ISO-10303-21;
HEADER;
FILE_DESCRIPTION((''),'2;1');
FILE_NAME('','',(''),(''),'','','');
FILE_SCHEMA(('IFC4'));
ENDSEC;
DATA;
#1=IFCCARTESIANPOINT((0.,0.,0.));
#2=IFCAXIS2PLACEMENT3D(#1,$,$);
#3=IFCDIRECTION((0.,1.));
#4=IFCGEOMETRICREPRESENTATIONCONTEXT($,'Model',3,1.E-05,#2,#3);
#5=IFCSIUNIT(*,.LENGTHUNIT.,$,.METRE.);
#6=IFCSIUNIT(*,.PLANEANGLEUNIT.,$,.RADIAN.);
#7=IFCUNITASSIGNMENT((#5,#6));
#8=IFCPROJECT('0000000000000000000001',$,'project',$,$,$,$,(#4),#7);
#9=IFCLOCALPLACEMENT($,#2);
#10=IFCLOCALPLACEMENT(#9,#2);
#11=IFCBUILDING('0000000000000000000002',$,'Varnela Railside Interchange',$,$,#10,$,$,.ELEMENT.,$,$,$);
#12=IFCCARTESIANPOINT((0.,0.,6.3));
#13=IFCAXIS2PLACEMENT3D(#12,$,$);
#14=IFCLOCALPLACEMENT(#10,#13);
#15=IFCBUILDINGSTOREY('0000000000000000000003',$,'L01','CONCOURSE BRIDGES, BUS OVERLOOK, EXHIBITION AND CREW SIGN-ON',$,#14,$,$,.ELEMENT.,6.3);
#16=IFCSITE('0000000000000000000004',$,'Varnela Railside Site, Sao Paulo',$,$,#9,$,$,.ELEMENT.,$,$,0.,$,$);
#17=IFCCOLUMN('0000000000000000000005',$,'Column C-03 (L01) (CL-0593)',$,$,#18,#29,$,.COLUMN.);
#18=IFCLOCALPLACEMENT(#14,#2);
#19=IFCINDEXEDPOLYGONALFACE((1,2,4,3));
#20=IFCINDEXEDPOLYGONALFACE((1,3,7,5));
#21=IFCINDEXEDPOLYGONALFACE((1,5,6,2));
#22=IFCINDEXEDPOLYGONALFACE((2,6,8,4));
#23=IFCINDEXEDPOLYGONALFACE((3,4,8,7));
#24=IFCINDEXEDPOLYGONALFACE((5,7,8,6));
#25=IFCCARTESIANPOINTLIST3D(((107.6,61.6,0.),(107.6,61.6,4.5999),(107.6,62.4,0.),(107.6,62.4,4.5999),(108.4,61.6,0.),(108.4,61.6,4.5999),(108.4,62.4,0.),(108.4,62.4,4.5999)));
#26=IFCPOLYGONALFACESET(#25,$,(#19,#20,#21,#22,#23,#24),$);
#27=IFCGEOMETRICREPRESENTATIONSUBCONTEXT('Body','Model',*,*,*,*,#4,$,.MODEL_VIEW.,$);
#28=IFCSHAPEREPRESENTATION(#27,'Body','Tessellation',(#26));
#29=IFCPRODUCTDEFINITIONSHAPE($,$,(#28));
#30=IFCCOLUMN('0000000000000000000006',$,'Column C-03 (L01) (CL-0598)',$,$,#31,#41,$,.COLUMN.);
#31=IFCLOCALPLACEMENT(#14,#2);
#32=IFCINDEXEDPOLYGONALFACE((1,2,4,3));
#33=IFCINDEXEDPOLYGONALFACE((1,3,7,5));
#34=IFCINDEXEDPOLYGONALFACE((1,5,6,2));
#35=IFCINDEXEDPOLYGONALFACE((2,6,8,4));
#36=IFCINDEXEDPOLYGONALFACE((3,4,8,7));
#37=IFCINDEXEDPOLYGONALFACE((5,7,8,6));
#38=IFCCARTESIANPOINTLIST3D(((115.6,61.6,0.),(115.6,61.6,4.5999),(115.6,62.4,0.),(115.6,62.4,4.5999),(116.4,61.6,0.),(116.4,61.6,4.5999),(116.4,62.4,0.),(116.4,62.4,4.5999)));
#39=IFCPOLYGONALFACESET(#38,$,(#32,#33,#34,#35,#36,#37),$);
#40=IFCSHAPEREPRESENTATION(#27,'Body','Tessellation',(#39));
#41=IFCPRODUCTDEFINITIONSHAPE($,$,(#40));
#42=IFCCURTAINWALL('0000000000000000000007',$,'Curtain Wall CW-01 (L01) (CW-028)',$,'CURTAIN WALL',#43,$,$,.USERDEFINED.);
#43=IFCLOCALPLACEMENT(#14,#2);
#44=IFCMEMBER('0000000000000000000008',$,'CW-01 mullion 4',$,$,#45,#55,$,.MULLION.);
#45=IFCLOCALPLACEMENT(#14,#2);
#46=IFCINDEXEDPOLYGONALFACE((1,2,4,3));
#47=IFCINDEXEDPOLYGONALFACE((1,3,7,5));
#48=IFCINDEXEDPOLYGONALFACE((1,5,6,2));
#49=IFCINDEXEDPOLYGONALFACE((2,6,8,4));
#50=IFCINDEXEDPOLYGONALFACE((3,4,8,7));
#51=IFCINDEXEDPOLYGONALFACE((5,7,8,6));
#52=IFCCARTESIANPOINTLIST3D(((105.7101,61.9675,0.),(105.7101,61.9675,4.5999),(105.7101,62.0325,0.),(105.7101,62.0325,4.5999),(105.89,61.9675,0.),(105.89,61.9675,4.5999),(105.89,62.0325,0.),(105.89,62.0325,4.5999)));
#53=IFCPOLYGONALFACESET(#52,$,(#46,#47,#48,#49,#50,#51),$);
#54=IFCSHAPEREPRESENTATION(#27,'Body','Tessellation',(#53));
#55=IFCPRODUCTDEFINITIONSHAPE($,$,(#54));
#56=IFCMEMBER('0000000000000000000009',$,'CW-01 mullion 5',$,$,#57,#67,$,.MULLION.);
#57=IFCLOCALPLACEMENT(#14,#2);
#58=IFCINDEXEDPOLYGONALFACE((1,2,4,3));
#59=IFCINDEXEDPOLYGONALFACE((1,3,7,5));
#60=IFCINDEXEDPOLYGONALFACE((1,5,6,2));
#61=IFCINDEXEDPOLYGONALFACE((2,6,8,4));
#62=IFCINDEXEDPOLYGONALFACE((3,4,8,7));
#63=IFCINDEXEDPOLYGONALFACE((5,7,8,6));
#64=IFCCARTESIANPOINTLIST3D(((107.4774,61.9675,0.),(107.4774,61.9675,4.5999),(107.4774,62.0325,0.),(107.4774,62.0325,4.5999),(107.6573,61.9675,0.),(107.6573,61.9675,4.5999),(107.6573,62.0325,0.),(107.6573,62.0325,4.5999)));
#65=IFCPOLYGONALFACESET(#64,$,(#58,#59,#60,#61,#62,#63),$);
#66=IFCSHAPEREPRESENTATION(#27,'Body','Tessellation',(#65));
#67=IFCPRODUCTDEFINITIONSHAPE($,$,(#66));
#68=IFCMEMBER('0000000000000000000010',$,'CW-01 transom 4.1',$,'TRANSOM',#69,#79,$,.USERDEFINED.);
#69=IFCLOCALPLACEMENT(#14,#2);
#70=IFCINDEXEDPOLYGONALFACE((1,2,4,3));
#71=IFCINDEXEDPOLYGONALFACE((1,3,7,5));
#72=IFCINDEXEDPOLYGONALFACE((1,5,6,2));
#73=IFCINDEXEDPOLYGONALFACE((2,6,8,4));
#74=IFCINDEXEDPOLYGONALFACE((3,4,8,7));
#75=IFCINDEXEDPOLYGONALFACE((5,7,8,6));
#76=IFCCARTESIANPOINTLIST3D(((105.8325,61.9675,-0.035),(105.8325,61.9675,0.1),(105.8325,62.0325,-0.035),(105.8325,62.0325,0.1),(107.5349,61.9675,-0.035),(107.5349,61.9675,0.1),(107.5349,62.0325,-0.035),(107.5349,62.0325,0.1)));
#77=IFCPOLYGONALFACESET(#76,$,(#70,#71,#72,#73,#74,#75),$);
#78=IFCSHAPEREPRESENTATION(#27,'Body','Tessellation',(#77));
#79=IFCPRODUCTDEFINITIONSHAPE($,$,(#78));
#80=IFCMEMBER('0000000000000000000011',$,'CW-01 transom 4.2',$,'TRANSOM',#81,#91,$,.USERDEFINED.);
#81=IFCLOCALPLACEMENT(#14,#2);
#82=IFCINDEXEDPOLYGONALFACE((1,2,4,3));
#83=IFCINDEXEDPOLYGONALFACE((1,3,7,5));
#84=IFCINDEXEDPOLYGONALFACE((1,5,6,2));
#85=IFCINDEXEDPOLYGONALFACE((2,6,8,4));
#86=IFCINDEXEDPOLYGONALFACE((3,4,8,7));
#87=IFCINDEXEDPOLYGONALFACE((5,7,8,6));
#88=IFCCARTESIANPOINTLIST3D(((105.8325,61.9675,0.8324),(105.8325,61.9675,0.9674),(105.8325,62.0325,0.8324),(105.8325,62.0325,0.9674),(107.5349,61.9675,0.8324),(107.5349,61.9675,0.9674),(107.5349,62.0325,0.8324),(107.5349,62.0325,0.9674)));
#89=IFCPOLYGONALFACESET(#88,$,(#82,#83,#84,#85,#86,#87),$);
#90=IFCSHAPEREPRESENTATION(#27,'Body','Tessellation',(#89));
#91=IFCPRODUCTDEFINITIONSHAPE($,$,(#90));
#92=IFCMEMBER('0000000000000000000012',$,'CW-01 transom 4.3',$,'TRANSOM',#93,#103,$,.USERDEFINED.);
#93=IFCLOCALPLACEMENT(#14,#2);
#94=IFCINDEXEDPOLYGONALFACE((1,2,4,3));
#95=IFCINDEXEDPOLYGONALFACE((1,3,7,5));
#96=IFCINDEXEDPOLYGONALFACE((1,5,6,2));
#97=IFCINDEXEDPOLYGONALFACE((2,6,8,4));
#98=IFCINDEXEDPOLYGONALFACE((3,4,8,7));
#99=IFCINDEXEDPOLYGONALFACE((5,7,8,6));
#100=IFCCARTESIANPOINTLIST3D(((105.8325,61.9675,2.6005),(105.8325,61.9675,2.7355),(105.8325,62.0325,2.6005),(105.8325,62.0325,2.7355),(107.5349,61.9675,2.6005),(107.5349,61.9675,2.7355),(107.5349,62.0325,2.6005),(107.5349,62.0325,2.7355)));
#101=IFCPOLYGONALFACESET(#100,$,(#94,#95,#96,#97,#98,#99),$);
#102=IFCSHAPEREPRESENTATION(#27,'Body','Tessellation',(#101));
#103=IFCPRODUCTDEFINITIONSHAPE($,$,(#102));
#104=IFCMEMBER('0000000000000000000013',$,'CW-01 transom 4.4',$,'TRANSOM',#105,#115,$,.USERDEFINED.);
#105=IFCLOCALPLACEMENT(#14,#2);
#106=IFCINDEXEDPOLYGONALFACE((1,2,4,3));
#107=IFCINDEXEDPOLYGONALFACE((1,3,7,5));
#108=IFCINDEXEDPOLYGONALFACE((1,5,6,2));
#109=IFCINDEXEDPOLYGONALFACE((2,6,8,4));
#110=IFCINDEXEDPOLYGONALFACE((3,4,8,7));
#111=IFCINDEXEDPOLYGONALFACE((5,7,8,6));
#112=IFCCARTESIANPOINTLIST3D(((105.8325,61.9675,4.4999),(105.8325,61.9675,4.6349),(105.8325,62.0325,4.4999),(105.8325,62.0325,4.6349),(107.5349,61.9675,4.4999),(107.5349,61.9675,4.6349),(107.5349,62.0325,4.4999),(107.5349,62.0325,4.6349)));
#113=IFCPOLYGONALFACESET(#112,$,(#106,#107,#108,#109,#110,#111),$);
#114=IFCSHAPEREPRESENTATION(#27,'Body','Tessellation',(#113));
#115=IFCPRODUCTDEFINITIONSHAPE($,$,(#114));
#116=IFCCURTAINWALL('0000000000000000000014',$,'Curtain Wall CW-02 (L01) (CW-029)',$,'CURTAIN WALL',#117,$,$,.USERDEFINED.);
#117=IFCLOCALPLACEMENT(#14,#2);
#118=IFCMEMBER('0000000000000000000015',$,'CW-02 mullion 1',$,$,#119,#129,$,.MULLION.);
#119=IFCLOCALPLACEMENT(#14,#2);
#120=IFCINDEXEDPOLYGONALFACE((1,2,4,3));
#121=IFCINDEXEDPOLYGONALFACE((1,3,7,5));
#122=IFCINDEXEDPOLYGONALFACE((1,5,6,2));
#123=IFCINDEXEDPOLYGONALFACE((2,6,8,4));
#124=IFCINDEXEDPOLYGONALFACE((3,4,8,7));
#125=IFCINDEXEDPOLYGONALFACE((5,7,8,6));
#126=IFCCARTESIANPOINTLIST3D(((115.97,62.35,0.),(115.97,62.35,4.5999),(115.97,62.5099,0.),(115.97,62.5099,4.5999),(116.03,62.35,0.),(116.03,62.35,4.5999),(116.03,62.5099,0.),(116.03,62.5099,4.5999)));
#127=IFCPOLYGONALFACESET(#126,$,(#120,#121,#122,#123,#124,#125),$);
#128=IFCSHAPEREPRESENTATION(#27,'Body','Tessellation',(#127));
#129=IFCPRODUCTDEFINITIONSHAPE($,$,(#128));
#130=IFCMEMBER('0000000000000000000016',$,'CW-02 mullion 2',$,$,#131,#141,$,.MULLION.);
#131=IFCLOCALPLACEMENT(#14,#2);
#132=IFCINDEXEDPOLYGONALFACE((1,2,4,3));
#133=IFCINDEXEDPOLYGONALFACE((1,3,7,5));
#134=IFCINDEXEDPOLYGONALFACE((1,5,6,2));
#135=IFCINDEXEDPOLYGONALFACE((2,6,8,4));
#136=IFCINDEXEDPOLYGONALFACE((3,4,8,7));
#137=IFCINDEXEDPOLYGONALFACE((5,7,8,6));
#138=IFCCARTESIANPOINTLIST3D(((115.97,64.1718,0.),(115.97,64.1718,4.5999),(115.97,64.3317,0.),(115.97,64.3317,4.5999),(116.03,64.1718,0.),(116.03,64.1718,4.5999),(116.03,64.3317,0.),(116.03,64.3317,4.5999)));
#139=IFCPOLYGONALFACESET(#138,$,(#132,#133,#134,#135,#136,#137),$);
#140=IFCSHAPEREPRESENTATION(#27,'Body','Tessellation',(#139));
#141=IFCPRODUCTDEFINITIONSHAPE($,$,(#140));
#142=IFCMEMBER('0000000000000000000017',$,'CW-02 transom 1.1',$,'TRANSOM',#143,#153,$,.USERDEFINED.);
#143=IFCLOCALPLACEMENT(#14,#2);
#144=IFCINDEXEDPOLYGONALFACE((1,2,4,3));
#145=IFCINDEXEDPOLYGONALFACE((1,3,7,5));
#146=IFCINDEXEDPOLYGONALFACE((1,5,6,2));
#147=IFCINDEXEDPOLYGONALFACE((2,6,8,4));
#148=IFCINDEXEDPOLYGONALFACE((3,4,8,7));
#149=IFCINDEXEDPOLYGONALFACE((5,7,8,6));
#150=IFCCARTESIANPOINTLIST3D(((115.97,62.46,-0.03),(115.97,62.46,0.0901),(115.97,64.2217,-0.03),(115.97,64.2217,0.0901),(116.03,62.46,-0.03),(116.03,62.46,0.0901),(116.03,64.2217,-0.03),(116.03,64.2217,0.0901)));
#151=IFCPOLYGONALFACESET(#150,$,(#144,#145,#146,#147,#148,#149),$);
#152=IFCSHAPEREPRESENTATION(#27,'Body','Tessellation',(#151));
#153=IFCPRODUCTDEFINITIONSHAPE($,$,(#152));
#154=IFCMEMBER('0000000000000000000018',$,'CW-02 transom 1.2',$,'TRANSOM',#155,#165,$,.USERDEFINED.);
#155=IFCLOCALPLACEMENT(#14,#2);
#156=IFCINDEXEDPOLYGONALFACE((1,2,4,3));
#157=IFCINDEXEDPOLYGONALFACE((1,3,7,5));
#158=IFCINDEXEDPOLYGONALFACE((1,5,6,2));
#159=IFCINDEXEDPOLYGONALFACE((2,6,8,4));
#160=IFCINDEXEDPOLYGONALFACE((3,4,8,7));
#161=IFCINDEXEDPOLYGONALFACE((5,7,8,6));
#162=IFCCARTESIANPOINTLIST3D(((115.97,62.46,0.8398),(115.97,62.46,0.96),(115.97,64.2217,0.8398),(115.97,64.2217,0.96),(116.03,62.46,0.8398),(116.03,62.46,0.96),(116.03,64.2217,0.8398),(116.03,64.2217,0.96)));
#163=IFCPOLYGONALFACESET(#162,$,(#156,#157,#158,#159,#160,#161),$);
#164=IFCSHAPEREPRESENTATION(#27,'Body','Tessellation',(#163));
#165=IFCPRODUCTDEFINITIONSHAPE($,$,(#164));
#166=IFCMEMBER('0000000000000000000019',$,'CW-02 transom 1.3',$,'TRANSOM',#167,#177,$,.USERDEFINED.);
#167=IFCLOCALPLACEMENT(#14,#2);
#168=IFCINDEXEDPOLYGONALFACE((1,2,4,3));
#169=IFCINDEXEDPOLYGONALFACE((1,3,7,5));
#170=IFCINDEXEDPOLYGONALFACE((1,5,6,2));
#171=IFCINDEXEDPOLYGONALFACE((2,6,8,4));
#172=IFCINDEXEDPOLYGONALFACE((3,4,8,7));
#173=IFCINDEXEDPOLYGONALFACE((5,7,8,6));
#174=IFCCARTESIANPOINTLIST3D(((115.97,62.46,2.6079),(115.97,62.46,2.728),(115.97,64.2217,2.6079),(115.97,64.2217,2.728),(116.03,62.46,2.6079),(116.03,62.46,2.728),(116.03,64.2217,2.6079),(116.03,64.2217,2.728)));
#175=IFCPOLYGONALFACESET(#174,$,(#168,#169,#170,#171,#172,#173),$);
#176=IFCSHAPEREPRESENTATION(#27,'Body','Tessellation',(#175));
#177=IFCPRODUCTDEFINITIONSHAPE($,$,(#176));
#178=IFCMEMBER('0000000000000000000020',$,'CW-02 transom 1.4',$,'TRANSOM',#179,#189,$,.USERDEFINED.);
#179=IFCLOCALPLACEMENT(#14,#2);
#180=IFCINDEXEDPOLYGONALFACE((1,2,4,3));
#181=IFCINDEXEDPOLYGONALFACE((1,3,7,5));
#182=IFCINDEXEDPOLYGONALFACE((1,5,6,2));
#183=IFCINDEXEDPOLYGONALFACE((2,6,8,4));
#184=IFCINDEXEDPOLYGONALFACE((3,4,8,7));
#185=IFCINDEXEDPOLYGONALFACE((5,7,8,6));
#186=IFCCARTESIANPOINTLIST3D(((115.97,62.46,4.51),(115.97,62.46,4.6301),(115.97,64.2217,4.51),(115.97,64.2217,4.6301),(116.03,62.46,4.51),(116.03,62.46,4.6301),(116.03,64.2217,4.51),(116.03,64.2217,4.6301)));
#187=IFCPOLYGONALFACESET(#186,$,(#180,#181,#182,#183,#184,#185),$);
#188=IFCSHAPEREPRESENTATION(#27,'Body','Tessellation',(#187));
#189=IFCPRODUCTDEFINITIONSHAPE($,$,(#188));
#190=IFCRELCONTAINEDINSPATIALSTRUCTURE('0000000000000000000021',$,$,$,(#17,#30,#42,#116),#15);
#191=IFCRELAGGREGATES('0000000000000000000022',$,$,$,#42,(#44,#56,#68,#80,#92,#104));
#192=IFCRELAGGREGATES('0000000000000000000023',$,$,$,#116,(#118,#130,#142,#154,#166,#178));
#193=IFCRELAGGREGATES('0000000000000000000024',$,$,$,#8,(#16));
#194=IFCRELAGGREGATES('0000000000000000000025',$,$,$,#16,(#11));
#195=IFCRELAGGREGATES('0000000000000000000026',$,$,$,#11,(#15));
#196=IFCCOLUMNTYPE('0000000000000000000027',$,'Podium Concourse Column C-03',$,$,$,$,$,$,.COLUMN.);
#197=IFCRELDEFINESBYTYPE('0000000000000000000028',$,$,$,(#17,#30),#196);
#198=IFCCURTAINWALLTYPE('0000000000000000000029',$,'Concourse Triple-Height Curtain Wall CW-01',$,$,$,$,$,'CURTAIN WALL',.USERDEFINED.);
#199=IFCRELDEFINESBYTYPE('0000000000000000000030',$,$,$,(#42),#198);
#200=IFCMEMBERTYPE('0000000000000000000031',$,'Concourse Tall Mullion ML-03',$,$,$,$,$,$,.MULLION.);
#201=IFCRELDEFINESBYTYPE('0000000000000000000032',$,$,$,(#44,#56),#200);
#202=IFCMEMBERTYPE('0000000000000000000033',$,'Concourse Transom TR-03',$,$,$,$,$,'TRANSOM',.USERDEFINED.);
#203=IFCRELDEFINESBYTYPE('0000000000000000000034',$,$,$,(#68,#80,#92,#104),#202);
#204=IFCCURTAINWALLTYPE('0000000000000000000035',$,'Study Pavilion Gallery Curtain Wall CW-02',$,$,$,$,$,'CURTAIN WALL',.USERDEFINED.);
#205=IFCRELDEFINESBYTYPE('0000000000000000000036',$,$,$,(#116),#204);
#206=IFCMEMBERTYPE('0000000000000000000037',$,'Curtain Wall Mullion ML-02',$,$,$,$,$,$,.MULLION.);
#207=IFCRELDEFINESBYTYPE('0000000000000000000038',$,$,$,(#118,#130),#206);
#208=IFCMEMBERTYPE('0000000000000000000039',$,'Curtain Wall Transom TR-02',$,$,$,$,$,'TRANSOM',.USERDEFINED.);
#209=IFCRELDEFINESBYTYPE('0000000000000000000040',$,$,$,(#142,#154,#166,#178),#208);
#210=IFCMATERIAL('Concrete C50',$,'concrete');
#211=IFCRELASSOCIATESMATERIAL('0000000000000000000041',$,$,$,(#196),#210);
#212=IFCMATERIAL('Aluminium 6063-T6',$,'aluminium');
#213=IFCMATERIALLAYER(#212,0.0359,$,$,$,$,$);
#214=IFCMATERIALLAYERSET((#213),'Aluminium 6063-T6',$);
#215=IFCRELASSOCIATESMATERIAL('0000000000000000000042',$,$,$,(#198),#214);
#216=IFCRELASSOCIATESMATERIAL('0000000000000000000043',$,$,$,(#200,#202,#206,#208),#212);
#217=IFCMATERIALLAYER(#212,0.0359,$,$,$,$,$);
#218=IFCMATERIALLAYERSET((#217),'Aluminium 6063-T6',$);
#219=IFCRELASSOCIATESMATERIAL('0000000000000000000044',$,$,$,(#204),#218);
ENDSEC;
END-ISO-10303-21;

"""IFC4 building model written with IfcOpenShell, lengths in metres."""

from ifc_helpers import new_model, si_unit, direction, frame, origin, origin_2d, place, context, subcontext, project, spatial, rectangle, extrude, material, layer, layer_set, material_profile, profile_set, type_object, element, aggregate, save


model = new_model("IFC4")

# Units and contexts
model_context = context("Model", 3, precision=1e-05, world=origin(), true_north=direction((0.0, 1.0)))
body_context = subcontext(model_context, "Body", "Model", "MODEL_VIEW")
ifc_project = project(units=[si_unit("LENGTHUNIT", "METRE"), si_unit("PLANEANGLEUNIT", "RADIAN")], contexts=[model_context])

# Site, building, storey
site_placement = place(None, origin())
site = spatial("IfcSite", under=ifc_project, at=site_placement, Name="Varnela Railside Site, Sao Paulo", CompositionType="ELEMENT", RefElevation=0.0)
building_placement = place(site_placement, origin())
building = spatial("IfcBuilding", under=site, at=building_placement, Name="Varnela Railside Interchange", CompositionType="ELEMENT")
storey_placement = place(building_placement, frame((0.0, 0.0, 6.3)))
storey = spatial("IfcBuildingStorey", under=building, at=storey_placement, Name="L01", Description="CONCOURSE BRIDGES, BUS OVERLOOK, EXHIBITION AND CREW SIGN-ON", CompositionType="ELEMENT", Elevation=6.3)

# Columns
ifc_material_1 = material(Name="Concrete C50", Category="concrete")
ifc_material_profile_1 = material_profile(ifc_material_1, rectangle(XDim=0.8, YDim=0.8, at=origin_2d()), Name="RC 800x800")
ifc_profile_set_1 = profile_set([ifc_material_profile_1], Name="Concrete C50")
column_type = type_object("IfcColumnType", Name="Podium Concourse Column C-03", PredefinedType="COLUMN", material=ifc_profile_set_1)
for number, where, z_axis, x_axis, name in (
    (1, (108.0, 62.0, 0.0), (0.0, 0.0, 1.0), (1.0, 0.0, 0.0), "Column C-03 (L01) (CL-0593)"),
    (2, (116.0, 62.0, 0.0), (0.0, 0.0, 1.0), (1.0, 0.0, 0.0), "Column C-03 (L01) (CL-0598)"),
):
    element("IfcColumn", number, at=place(storey_placement, frame(where, z_axis=z_axis, x_axis=x_axis)), inside=storey, type_object=column_type, Name=name, PredefinedType="COLUMN", context=body_context, shape_type="SweptSolid", body=[
        extrude(rectangle(XDim=0.8, YDim=0.8, at=origin_2d()), origin(), (0.0, 0.0, 1.0), 4.5999),
    ])

# Curtain walls, members
ifc_material_2 = material(Name="Aluminium 6063-T6", Category="aluminium")
ifc_layer_1 = layer(ifc_material_2, 0.0359)
ifc_layer_set_1 = layer_set([ifc_layer_1], Name="Aluminium 6063-T6")
curtain_wall_type_1 = type_object("IfcCurtainWallType", Name="Concourse Triple-Height Curtain Wall CW-01", ElementType="CURTAIN WALL", PredefinedType="USERDEFINED", material=ifc_layer_set_1)
curtain_wall_1_placement = place(storey_placement, origin())
curtain_wall_1 = element("IfcCurtainWall", 3, at=curtain_wall_1_placement, inside=storey, type_object=curtain_wall_type_1, Name="Curtain Wall CW-01 (L01) (CW-028)", ObjectType="CURTAIN WALL", PredefinedType="USERDEFINED")
ifc_material_profile_2 = material_profile(ifc_material_2, rectangle(XDim=0.0649, YDim=0.1799, at=origin_2d()), Name="ALU 65x180")
ifc_profile_set_2 = profile_set([ifc_material_profile_2], Name="Aluminium 6063-T6")
member_type_1 = type_object("IfcMemberType", Name="Concourse Tall Mullion ML-03", PredefinedType="MULLION", material=ifc_profile_set_2)
member_1_placement = place(storey_placement, frame((105.8, 62.0, 0.0), z_axis=(0.0, 0.0, 1.0), x_axis=(0.0, 1.0, 0.0)))
member_1 = element("IfcMember", 4, at=member_1_placement, type_object=member_type_1, Name="CW-01 mullion 4", PredefinedType="MULLION", context=body_context, shape_type="SweptSolid", body=[
    extrude(rectangle(XDim=0.0649, YDim=0.1799, at=origin_2d()), origin(), (0.0, 0.0, 1.0), 4.5999),
])
member_2_placement = place(storey_placement, frame((107.5674, 62.0, 0.0), z_axis=(0.0, 0.0, 1.0), x_axis=(0.0, 1.0, 0.0)))
member_2 = element("IfcMember", 5, at=member_2_placement, type_object=member_type_1, Name="CW-01 mullion 5", PredefinedType="MULLION", context=body_context, shape_type="SweptSolid", body=[
    extrude(rectangle(XDim=0.0649, YDim=0.1799, at=origin_2d()), origin(), (0.0, 0.0, 1.0), 4.5999),
])
ifc_material_profile_3 = material_profile(ifc_material_2, rectangle(XDim=0.0649, YDim=0.135, at=origin_2d()), Name="ALU 65x135")
ifc_profile_set_3 = profile_set([ifc_material_profile_3], Name="Aluminium 6063-T6")
member_type_2 = type_object("IfcMemberType", Name="Concourse Transom TR-03", ElementType="TRANSOM", PredefinedType="USERDEFINED", material=ifc_profile_set_3)
member_3_placement = place(storey_placement, frame((105.8325, 62.0, 0.0325), z_axis=(1.0, 0.0, 0.0), x_axis=(0.0, 1.0, 0.0)))
member_3 = element("IfcMember", 6, at=member_3_placement, type_object=member_type_2, Name="CW-01 transom 4.1", ObjectType="TRANSOM", PredefinedType="USERDEFINED", context=body_context, shape_type="SweptSolid", body=[
    extrude(rectangle(XDim=0.0649, YDim=0.135, at=origin_2d()), origin(), (0.0, 0.0, 1.0), 1.7024),
])
member_4_placement = place(storey_placement, frame((105.8325, 62.0, 0.8999), z_axis=(1.0, 0.0, 0.0), x_axis=(0.0, 1.0, 0.0)))
member_4 = element("IfcMember", 7, at=member_4_placement, type_object=member_type_2, Name="CW-01 transom 4.2", ObjectType="TRANSOM", PredefinedType="USERDEFINED", context=body_context, shape_type="SweptSolid", body=[
    extrude(rectangle(XDim=0.0649, YDim=0.135, at=origin_2d()), origin(), (0.0, 0.0, 1.0), 1.7024),
])
member_5_placement = place(storey_placement, frame((105.8325, 62.0, 2.668), z_axis=(1.0, 0.0, 0.0), x_axis=(0.0, 1.0, 0.0)))
member_5 = element("IfcMember", 8, at=member_5_placement, type_object=member_type_2, Name="CW-01 transom 4.3", ObjectType="TRANSOM", PredefinedType="USERDEFINED", context=body_context, shape_type="SweptSolid", body=[
    extrude(rectangle(XDim=0.0649, YDim=0.135, at=origin_2d()), origin(), (0.0, 0.0, 1.0), 1.7024),
])
member_6_placement = place(storey_placement, frame((105.8325, 62.0, 4.5674), z_axis=(1.0, 0.0, 0.0), x_axis=(0.0, 1.0, 0.0)))
member_6 = element("IfcMember", 9, at=member_6_placement, type_object=member_type_2, Name="CW-01 transom 4.4", ObjectType="TRANSOM", PredefinedType="USERDEFINED", context=body_context, shape_type="SweptSolid", body=[
    extrude(rectangle(XDim=0.0649, YDim=0.135, at=origin_2d()), origin(), (0.0, 0.0, 1.0), 1.7024),
])
ifc_layer_2 = layer(ifc_material_2, 0.0359)
ifc_layer_set_2 = layer_set([ifc_layer_2], Name="Aluminium 6063-T6")
curtain_wall_type_2 = type_object("IfcCurtainWallType", Name="Study Pavilion Gallery Curtain Wall CW-02", ElementType="CURTAIN WALL", PredefinedType="USERDEFINED", material=ifc_layer_set_2)
curtain_wall_2_placement = place(storey_placement, origin())
curtain_wall_2 = element("IfcCurtainWall", 10, at=curtain_wall_2_placement, inside=storey, type_object=curtain_wall_type_2, Name="Curtain Wall CW-02 (L01) (CW-029)", ObjectType="CURTAIN WALL", PredefinedType="USERDEFINED")
ifc_material_profile_4 = material_profile(ifc_material_2, rectangle(XDim=0.0601, YDim=0.1599, at=origin_2d()), Name="ALU 60x160")
ifc_profile_set_4 = profile_set([ifc_material_profile_4], Name="Aluminium 6063-T6")
member_type_3 = type_object("IfcMemberType", Name="Curtain Wall Mullion ML-02", PredefinedType="MULLION", material=ifc_profile_set_4)
member_7_placement = place(storey_placement, frame((116.0, 62.4299, 0.0), z_axis=(0.0, 0.0, 1.0), x_axis=(-1.0, 0.0, 0.0)))
member_7 = element("IfcMember", 11, at=member_7_placement, type_object=member_type_3, Name="CW-02 mullion 1", PredefinedType="MULLION", context=body_context, shape_type="SweptSolid", body=[
    extrude(rectangle(XDim=0.0601, YDim=0.1599, at=origin_2d()), origin(), (0.0, 0.0, 1.0), 4.5999),
])
member_8_placement = place(storey_placement, frame((116.0, 64.2517, 0.0), z_axis=(0.0, 0.0, 1.0), x_axis=(-1.0, 0.0, 0.0)))
member_8 = element("IfcMember", 12, at=member_8_placement, type_object=member_type_3, Name="CW-02 mullion 2", PredefinedType="MULLION", context=body_context, shape_type="SweptSolid", body=[
    extrude(rectangle(XDim=0.0601, YDim=0.1599, at=origin_2d()), origin(), (0.0, 0.0, 1.0), 4.5999),
])
ifc_material_profile_5 = material_profile(ifc_material_2, rectangle(XDim=0.0601, YDim=0.1201, at=origin_2d()), Name="ALU 60x120")
ifc_profile_set_5 = profile_set([ifc_material_profile_5], Name="Aluminium 6063-T6")
member_type_4 = type_object("IfcMemberType", Name="Curtain Wall Transom TR-02", ElementType="TRANSOM", PredefinedType="USERDEFINED", material=ifc_profile_set_5)
member_9_placement = place(storey_placement, frame((116.0, 62.46, 0.03), z_axis=(0.0, 1.0, 0.0), x_axis=(-1.0, 0.0, 0.0)))
member_9 = element("IfcMember", 13, at=member_9_placement, type_object=member_type_4, Name="CW-02 transom 1.1", ObjectType="TRANSOM", PredefinedType="USERDEFINED", context=body_context, shape_type="SweptSolid", body=[
    extrude(rectangle(XDim=0.0601, YDim=0.1201, at=origin_2d()), origin(), (0.0, 0.0, 1.0), 1.7617),
])
member_10_placement = place(storey_placement, frame((116.0, 62.46, 0.8999), z_axis=(0.0, 1.0, 0.0), x_axis=(-1.0, 0.0, 0.0)))
member_10 = element("IfcMember", 14, at=member_10_placement, type_object=member_type_4, Name="CW-02 transom 1.2", ObjectType="TRANSOM", PredefinedType="USERDEFINED", context=body_context, shape_type="SweptSolid", body=[
    extrude(rectangle(XDim=0.0601, YDim=0.1201, at=origin_2d()), origin(), (0.0, 0.0, 1.0), 1.7617),
])
member_11_placement = place(storey_placement, frame((116.0, 62.46, 2.668), z_axis=(0.0, 1.0, 0.0), x_axis=(-1.0, 0.0, 0.0)))
member_11 = element("IfcMember", 15, at=member_11_placement, type_object=member_type_4, Name="CW-02 transom 1.3", ObjectType="TRANSOM", PredefinedType="USERDEFINED", context=body_context, shape_type="SweptSolid", body=[
    extrude(rectangle(XDim=0.0601, YDim=0.1201, at=origin_2d()), origin(), (0.0, 0.0, 1.0), 1.7617),
])
member_12_placement = place(storey_placement, frame((116.0, 62.46, 4.5701), z_axis=(0.0, 1.0, 0.0), x_axis=(-1.0, 0.0, 0.0)))
member_12 = element("IfcMember", 16, at=member_12_placement, type_object=member_type_4, Name="CW-02 transom 1.4", ObjectType="TRANSOM", PredefinedType="USERDEFINED", context=body_context, shape_type="SweptSolid", body=[
    extrude(rectangle(XDim=0.0601, YDim=0.1201, at=origin_2d()), origin(), (0.0, 0.0, 1.0), 1.7617),
])

aggregate(curtain_wall_1, [member_1, member_2, member_3, member_4, member_5, member_6])
aggregate(curtain_wall_2, [member_7, member_8, member_9, member_10, member_11, member_12])

save(model, "model.ifc")
